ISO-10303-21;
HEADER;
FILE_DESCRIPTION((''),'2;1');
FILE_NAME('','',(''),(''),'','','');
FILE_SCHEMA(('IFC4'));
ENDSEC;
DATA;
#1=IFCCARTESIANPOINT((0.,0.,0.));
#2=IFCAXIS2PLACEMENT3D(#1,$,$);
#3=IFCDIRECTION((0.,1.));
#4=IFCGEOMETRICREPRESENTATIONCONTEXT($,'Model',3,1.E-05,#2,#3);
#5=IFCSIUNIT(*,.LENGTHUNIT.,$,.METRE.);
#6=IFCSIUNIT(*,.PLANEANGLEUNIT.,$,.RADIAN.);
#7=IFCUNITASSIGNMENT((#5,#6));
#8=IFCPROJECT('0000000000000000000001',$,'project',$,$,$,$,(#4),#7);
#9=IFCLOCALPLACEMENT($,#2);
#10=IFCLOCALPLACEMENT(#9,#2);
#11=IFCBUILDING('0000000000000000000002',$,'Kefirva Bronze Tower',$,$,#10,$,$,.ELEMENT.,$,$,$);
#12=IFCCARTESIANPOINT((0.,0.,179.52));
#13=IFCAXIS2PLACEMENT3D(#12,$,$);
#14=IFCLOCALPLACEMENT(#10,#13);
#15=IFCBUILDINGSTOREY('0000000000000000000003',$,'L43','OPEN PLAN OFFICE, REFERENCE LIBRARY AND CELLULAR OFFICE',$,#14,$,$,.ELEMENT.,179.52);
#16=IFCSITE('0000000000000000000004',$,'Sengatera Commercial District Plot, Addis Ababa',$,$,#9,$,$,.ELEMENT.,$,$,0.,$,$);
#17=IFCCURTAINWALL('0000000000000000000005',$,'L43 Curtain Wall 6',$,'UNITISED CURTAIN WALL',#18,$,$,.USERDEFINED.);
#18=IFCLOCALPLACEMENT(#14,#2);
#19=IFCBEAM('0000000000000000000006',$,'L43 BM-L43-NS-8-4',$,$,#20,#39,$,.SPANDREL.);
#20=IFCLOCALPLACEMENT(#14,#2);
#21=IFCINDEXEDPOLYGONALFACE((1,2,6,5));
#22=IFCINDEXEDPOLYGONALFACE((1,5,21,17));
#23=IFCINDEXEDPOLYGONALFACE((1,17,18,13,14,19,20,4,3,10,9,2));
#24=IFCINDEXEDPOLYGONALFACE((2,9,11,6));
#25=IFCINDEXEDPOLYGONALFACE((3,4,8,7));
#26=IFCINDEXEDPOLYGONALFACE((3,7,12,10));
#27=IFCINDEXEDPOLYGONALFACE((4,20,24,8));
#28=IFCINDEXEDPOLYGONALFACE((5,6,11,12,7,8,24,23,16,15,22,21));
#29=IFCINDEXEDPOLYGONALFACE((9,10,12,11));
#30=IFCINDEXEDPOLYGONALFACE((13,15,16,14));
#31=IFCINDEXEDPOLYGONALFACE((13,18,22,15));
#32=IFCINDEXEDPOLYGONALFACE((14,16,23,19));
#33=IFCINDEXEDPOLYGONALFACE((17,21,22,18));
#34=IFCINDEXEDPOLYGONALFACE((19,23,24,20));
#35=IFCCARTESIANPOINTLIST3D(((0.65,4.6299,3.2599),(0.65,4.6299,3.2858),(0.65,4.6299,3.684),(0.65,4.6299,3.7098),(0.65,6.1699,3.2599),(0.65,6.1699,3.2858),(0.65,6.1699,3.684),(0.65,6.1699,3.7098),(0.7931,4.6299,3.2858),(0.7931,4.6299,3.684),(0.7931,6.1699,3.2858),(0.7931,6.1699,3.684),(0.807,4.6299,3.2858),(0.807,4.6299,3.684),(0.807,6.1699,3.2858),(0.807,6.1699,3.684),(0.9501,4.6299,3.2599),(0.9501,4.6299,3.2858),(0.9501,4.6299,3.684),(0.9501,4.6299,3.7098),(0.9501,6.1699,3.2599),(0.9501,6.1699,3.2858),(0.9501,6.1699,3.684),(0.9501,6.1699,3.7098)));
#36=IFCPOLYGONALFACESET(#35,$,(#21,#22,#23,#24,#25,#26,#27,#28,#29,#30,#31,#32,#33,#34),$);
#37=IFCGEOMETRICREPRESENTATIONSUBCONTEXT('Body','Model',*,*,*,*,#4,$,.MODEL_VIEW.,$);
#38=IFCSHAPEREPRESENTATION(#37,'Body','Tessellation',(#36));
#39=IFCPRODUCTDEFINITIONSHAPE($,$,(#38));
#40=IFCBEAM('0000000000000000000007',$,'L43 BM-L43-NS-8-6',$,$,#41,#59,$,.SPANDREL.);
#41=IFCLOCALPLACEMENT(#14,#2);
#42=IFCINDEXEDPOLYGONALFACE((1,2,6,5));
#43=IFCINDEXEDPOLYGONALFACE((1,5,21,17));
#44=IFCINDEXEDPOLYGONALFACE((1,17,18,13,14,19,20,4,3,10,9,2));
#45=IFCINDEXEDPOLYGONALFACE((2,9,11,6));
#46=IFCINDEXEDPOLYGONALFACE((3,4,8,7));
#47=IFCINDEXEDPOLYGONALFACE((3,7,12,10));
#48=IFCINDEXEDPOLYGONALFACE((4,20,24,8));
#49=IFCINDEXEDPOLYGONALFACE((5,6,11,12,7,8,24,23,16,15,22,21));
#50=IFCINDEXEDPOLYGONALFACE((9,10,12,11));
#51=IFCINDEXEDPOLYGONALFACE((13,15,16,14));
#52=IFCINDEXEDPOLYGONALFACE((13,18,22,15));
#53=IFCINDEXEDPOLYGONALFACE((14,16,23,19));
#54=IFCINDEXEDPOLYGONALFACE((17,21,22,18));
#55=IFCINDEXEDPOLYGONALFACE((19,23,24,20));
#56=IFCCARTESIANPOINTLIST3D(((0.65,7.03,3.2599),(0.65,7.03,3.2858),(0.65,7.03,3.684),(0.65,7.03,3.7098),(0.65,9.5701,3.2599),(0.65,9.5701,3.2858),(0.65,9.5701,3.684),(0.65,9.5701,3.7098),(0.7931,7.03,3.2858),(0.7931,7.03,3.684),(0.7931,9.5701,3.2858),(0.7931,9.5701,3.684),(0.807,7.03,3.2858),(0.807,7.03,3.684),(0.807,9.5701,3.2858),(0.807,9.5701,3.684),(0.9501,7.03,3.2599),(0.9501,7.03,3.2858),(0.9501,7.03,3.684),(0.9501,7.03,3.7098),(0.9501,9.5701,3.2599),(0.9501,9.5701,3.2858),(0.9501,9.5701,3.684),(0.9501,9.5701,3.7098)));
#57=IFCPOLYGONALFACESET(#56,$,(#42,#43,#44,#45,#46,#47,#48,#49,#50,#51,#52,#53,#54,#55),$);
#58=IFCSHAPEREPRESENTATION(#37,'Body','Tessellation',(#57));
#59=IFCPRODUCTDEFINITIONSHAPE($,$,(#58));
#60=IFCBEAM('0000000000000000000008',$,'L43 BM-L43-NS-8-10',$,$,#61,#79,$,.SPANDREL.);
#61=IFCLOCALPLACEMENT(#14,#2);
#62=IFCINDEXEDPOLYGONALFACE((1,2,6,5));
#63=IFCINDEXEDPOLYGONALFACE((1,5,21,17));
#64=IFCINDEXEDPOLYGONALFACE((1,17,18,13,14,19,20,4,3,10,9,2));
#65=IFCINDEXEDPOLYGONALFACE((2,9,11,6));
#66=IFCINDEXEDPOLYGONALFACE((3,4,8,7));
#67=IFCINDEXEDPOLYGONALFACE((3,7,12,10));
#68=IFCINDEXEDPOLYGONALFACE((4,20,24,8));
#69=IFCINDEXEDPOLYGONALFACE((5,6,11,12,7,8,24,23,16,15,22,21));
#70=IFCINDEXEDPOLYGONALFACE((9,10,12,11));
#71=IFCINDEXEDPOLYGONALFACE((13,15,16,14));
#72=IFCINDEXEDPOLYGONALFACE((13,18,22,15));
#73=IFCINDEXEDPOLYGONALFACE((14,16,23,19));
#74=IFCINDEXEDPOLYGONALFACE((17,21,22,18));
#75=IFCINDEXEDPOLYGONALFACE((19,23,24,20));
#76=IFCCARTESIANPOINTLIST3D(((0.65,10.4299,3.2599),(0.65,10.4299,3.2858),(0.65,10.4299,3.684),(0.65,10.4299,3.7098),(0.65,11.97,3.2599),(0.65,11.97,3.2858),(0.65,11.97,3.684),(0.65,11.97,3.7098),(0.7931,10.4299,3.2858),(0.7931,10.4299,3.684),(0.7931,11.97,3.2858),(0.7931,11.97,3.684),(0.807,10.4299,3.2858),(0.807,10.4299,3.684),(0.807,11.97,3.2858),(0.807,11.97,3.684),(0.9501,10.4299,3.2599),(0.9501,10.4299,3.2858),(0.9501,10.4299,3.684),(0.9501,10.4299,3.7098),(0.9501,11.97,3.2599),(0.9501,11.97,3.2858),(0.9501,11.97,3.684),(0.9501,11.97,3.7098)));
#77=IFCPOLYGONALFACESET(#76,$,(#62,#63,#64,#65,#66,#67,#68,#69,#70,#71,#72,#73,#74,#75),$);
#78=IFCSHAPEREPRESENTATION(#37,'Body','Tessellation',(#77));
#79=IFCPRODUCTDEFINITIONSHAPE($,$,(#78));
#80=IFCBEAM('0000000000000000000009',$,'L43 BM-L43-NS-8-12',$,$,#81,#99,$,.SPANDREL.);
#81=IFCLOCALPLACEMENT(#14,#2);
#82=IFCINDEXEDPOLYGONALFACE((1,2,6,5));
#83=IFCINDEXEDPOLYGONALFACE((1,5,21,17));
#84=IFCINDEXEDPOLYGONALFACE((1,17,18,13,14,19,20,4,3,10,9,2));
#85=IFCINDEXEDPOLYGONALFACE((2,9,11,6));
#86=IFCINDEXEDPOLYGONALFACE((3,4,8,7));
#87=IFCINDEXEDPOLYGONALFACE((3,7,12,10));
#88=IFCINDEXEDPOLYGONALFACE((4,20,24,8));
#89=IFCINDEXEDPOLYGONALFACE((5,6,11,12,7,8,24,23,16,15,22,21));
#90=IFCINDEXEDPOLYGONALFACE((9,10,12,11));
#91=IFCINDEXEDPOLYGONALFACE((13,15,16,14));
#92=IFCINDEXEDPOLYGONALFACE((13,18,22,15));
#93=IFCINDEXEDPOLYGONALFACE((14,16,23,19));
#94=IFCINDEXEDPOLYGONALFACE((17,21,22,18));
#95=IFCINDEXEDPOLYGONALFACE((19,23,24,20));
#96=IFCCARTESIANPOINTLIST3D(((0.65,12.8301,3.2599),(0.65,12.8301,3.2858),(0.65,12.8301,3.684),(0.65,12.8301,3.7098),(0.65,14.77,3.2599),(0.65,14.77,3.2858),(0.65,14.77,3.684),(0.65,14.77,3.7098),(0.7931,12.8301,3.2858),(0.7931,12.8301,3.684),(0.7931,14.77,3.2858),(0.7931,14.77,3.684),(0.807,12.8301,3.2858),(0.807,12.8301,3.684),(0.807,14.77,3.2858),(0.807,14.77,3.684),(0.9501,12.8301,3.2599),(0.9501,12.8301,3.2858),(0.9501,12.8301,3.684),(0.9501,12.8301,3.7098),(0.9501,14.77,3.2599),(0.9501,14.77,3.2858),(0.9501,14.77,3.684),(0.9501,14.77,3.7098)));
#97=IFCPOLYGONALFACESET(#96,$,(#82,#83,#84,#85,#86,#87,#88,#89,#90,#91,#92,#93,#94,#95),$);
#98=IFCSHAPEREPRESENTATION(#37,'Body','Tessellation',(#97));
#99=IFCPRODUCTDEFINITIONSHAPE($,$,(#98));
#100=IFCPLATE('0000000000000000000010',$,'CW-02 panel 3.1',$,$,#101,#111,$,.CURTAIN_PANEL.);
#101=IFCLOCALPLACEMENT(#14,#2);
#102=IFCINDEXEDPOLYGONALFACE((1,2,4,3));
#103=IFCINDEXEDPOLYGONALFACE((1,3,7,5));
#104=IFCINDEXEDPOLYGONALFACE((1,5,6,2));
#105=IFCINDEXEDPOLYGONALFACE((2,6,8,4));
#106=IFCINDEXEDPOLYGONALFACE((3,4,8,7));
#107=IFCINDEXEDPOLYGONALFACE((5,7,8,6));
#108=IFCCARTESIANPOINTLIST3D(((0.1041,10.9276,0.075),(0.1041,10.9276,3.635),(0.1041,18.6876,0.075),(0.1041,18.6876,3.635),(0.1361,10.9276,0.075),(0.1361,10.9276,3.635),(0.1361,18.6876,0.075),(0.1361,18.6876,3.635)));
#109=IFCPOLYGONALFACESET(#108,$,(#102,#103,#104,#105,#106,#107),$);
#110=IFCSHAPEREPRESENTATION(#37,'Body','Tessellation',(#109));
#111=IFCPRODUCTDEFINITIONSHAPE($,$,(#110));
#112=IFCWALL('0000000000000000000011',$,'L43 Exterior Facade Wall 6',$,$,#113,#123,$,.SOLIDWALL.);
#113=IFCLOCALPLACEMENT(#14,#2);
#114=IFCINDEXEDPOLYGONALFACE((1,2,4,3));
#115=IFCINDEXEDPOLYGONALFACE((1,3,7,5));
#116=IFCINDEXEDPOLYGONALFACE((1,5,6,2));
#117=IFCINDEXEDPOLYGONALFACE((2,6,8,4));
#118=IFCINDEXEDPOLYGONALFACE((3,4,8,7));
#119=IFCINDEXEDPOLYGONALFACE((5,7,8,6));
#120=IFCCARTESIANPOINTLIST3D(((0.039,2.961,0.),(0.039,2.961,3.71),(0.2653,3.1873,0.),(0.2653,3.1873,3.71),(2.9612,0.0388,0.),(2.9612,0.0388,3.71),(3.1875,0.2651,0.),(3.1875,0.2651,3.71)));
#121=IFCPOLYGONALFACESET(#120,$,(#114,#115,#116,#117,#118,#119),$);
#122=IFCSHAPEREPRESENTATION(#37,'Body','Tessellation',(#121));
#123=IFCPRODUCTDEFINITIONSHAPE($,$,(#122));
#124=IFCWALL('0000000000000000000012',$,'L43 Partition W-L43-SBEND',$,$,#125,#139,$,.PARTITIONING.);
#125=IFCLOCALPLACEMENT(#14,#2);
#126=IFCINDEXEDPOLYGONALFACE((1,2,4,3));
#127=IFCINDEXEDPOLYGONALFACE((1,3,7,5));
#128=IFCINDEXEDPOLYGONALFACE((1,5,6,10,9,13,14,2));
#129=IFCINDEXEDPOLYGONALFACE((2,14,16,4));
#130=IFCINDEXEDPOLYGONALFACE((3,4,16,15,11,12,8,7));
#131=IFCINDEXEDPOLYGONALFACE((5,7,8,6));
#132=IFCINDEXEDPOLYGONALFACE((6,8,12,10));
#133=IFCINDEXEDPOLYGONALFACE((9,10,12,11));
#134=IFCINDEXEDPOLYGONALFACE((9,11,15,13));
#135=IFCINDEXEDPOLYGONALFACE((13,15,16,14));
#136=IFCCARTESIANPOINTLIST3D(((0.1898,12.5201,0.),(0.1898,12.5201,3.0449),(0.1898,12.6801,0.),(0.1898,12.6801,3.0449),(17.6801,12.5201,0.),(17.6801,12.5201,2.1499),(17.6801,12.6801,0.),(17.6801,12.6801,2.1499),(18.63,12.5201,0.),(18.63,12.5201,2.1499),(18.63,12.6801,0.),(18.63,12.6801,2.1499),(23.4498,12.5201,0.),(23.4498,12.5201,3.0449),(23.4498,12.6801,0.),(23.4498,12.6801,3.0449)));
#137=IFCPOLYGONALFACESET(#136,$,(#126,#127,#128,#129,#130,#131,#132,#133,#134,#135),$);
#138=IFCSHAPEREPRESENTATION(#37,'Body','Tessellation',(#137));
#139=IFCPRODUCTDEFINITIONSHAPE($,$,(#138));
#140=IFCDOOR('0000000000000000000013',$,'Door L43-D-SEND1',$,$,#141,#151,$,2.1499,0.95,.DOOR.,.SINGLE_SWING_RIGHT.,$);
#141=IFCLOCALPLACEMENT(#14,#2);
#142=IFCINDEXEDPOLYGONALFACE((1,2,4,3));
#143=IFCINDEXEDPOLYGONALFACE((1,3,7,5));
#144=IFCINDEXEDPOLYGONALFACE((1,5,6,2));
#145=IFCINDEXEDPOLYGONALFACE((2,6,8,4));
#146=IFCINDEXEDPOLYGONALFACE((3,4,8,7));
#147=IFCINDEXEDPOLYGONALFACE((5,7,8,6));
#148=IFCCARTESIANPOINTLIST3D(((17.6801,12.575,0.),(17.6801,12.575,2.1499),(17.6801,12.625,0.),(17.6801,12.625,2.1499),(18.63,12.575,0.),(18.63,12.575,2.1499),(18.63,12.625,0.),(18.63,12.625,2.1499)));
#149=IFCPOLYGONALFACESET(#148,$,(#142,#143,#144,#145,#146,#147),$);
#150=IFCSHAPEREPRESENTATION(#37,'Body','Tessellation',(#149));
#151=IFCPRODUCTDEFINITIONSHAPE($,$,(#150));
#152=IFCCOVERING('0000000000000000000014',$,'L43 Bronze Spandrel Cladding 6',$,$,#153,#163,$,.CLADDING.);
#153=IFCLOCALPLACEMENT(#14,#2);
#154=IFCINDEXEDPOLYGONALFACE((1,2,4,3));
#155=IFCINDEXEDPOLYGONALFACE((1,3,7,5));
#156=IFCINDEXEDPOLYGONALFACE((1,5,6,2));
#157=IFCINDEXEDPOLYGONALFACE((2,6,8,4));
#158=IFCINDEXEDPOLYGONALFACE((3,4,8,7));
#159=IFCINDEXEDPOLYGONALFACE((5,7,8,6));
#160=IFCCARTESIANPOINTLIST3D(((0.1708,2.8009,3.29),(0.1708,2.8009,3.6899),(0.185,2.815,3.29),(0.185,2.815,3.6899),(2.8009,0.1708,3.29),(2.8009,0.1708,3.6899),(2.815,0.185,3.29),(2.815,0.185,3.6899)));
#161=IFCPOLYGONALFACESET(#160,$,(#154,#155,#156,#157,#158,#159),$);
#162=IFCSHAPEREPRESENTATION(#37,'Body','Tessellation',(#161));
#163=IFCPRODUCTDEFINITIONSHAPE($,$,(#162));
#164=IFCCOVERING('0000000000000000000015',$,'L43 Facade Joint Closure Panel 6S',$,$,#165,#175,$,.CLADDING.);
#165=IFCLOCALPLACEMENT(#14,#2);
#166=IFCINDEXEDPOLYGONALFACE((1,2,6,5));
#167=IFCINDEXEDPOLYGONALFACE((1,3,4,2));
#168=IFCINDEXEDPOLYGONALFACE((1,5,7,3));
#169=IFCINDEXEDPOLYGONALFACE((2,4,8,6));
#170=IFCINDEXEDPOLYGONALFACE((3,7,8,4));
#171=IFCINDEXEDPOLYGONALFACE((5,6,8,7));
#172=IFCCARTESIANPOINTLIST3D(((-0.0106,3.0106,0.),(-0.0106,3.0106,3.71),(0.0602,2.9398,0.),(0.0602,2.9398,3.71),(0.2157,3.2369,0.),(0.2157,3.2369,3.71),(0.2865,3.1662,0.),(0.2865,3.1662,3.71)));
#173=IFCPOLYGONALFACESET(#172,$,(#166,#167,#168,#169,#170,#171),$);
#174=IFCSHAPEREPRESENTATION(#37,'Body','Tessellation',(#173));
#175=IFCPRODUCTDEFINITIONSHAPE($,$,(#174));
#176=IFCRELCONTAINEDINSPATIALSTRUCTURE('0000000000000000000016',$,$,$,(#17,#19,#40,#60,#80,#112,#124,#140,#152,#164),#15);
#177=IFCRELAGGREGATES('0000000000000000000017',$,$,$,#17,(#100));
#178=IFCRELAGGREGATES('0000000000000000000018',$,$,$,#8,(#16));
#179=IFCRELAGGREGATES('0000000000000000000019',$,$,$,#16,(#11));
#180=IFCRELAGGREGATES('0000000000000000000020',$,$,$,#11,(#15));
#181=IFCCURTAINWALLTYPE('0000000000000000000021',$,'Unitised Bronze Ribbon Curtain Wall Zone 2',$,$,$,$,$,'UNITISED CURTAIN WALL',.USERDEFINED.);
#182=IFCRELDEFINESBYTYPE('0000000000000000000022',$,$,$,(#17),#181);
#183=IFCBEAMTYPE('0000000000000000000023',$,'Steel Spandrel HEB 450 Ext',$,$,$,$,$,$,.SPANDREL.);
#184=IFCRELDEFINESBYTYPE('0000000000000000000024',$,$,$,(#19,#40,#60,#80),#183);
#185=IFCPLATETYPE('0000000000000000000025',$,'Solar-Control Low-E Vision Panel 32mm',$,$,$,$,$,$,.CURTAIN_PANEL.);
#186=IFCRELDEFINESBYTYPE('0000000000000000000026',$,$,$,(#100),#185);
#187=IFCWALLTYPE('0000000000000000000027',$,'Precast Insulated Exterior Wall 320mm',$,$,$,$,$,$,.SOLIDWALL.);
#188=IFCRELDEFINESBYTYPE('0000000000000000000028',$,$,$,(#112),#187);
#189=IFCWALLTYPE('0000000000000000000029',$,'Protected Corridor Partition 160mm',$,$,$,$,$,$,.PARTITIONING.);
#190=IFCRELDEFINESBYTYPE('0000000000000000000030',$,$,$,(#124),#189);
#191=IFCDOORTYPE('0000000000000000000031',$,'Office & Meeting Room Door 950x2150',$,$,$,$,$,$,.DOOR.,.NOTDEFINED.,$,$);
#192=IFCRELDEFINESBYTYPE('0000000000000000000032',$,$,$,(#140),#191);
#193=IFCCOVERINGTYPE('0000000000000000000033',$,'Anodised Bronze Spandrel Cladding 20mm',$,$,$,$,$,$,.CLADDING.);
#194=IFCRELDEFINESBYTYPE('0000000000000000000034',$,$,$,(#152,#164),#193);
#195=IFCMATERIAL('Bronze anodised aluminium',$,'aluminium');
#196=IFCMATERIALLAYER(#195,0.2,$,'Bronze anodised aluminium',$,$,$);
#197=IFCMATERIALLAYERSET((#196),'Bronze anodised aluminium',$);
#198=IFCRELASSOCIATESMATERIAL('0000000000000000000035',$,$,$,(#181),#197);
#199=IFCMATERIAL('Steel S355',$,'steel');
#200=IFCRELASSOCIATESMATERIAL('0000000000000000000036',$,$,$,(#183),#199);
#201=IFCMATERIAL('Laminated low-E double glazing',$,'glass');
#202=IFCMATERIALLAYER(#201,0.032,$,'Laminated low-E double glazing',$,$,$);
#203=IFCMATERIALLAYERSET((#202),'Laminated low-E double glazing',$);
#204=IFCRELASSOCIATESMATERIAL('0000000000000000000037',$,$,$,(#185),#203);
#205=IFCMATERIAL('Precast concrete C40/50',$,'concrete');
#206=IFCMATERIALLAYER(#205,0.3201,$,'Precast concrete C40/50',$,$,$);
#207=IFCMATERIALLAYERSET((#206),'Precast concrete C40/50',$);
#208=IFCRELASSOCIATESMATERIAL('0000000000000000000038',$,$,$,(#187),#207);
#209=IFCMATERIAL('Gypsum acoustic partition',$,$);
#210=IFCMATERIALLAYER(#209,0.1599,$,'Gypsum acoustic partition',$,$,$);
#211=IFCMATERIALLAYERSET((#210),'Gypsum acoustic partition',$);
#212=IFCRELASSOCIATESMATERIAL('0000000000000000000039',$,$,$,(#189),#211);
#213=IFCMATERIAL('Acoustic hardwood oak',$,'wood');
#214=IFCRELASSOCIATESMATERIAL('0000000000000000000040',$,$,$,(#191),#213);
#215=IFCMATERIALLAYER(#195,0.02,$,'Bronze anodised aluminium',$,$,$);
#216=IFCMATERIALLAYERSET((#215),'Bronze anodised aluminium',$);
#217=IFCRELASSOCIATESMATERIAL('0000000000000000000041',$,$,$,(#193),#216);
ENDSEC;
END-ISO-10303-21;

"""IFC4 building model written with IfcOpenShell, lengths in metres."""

from ifc_helpers import new_model, si_unit, direction, frame, frame_2d, origin, origin_2d, place, context, subcontext, project, spatial, rectangle, i_section, extrude, material, layer, layer_set, material_profile, profile_set, type_object, element, fill, aggregate, save


model = new_model("IFC4")

# Units and contexts
model_context = context("Model", 3, precision=1e-05, world=origin(), true_north=direction((0.0, 1.0)))
body_context = subcontext(model_context, "Body", "Model", "MODEL_VIEW")
ifc_project = project(units=[si_unit("LENGTHUNIT", "METRE"), si_unit("PLANEANGLEUNIT", "RADIAN")], contexts=[model_context])

# Site, building, storey
site_placement = place(None, origin())
site = spatial("IfcSite", under=ifc_project, at=site_placement, Name="Sengatera Commercial District Plot, Addis Ababa", CompositionType="ELEMENT", RefElevation=0.0)
building_placement = place(site_placement, origin())
building = spatial("IfcBuilding", under=site, at=building_placement, Name="Kefirva Bronze Tower", CompositionType="ELEMENT")
storey_placement = place(building_placement, frame((0.0, 0.0, 179.52)))
storey = spatial("IfcBuildingStorey", under=building, at=storey_placement, Name="L43", Description="OPEN PLAN OFFICE, REFERENCE LIBRARY AND CELLULAR OFFICE", CompositionType="ELEMENT", Elevation=179.52)

# Curtain wall
ifc_material_1 = material(Name="Bronze anodised aluminium", Category="aluminium")
ifc_layer_1 = layer(ifc_material_1, 0.2, Name="Bronze anodised aluminium")
ifc_layer_set_1 = layer_set([ifc_layer_1], Name="Bronze anodised aluminium")
curtain_wall_type = type_object("IfcCurtainWallType", Name="Unitised Bronze Ribbon Curtain Wall Zone 2", ElementType="UNITISED CURTAIN WALL", PredefinedType="USERDEFINED", material=ifc_layer_set_1)
curtain_wall_placement = place(storey_placement, origin())
curtain_wall = element("IfcCurtainWall", 1, at=curtain_wall_placement, inside=storey, type_object=curtain_wall_type, Name="L43 Curtain Wall 6", ObjectType="UNITISED CURTAIN WALL", PredefinedType="USERDEFINED")

# Beams
ifc_material_2 = material(Name="Steel S355", Category="steel")
ifc_material_profile_1 = material_profile(ifc_material_2, i_section(OverallWidth=0.3, OverallDepth=0.45, WebThickness=0.0139, FlangeThickness=0.0259, at=origin_2d()), Name="HEB 450")
ifc_profile_set_1 = profile_set([ifc_material_profile_1], Name="Steel S355")
beam_type_1 = type_object("IfcBeamType", Name="Steel Spandrel HEB 450 Ext", PredefinedType="SPANDREL", material=ifc_profile_set_1)
beam_1_placement = place(storey_placement, frame((0.8, 4.6299, 3.4849), z_axis=(0.0, 1.0, 0.0), x_axis=(-1.0, 0.0, 0.0)))
element("IfcBeam", 2, at=beam_1_placement, inside=storey, type_object=beam_type_1, Name="L43 BM-L43-NS-8-4", PredefinedType="SPANDREL", context=body_context, shape_type="SweptSolid", body=[
    extrude(i_section(OverallWidth=0.3, OverallDepth=0.45, WebThickness=0.0139, FlangeThickness=0.0259, at=origin_2d()), origin(), (0.0, 0.0, 1.0), 1.54),
])
beam_2_placement = place(storey_placement, frame((0.8, 7.03, 3.4849), z_axis=(0.0, 1.0, 0.0), x_axis=(-1.0, 0.0, 0.0)))
element("IfcBeam", 3, at=beam_2_placement, inside=storey, type_object=beam_type_1, Name="L43 BM-L43-NS-8-6", PredefinedType="SPANDREL", context=body_context, shape_type="SweptSolid", body=[
    extrude(i_section(OverallWidth=0.3, OverallDepth=0.45, WebThickness=0.0139, FlangeThickness=0.0259, at=origin_2d()), origin(), (0.0, 0.0, 1.0), 2.54),
])
beam_3_placement = place(storey_placement, frame((0.8, 10.4299, 3.4849), z_axis=(0.0, 1.0, 0.0), x_axis=(-1.0, 0.0, 0.0)))
element("IfcBeam", 4, at=beam_3_placement, inside=storey, type_object=beam_type_1, Name="L43 BM-L43-NS-8-10", PredefinedType="SPANDREL", context=body_context, shape_type="SweptSolid", body=[
    extrude(i_section(OverallWidth=0.3, OverallDepth=0.45, WebThickness=0.0139, FlangeThickness=0.0259, at=origin_2d()), origin(), (0.0, 0.0, 1.0), 1.54),
])
beam_4_placement = place(storey_placement, frame((0.8, 12.8301, 3.4849), z_axis=(0.0, 1.0, 0.0), x_axis=(-1.0, 0.0, 0.0)))
element("IfcBeam", 5, at=beam_4_placement, inside=storey, type_object=beam_type_1, Name="L43 BM-L43-NS-8-12", PredefinedType="SPANDREL", context=body_context, shape_type="SweptSolid", body=[
    extrude(i_section(OverallWidth=0.3, OverallDepth=0.45, WebThickness=0.0139, FlangeThickness=0.0259, at=origin_2d()), origin(), (0.0, 0.0, 1.0), 1.9399),
])

# Plate
ifc_material_3 = material(Name="Laminated low-E double glazing", Category="glass")
ifc_layer_2 = layer(ifc_material_3, 0.032, Name="Laminated low-E double glazing")
ifc_layer_set_2 = layer_set([ifc_layer_2], Name="Laminated low-E double glazing")
plate_type = type_object("IfcPlateType", Name="Solar-Control Low-E Vision Panel 32mm", PredefinedType="CURTAIN_PANEL", material=ifc_layer_set_2)
plate_placement = place(storey_placement, frame((0.1201, 14.8076, 0.075), z_axis=(0.0, 0.0, 1.0), x_axis=(0.0, -1.0, 0.0)))
plate = element("IfcPlate", 6, at=plate_placement, type_object=plate_type, Name="CW-02 panel 3.1", PredefinedType="CURTAIN_PANEL", context=body_context, shape_type="SweptSolid", body=[
    extrude(rectangle(XDim=7.76, YDim=0.032, at=origin_2d()), origin(), (0.0, 0.0, 1.0), 3.5601),
])
aggregate(curtain_wall, [plate])

# Wall
ifc_material_4 = material(Name="Precast concrete C40/50", Category="concrete")
ifc_layer_3 = layer(ifc_material_4, 0.3201, Name="Precast concrete C40/50")
ifc_layer_set_3 = layer_set([ifc_layer_3], Name="Precast concrete C40/50")
wall_type_1 = type_object("IfcWallType", Name="Precast Insulated Exterior Wall 320mm", PredefinedType="SOLIDWALL", material=ifc_layer_set_3)
wall_1_placement = place(storey_placement, frame((0.1521, 3.0742, 0.0), z_axis=(0.0, 0.0, 1.0), x_axis=(0.707107, -0.707107, 0.0)))
element("IfcWall", 7, at=wall_1_placement, inside=storey, type_object=wall_type_1, Name="L43 Exterior Facade Wall 6", PredefinedType="SOLIDWALL", context=body_context, shape_type="SweptSolid", body=[
    extrude(rectangle(XDim=4.1326, YDim=0.3201, at=frame_2d((2.0664, 0.0))), origin(), (0.0, 0.0, 1.0), 3.71),
])

# Wall, opening, door
ifc_material_5 = material(Name="Gypsum acoustic partition")
ifc_layer_4 = layer(ifc_material_5, 0.1599, Name="Gypsum acoustic partition")
ifc_layer_set_4 = layer_set([ifc_layer_4], Name="Gypsum acoustic partition")
wall_type_2 = type_object("IfcWallType", Name="Protected Corridor Partition 160mm", PredefinedType="PARTITIONING", material=ifc_layer_set_4)
wall_2_placement = place(storey_placement, frame((0.1899, 12.6001, 0.0), z_axis=(0.0, 0.0, 1.0), x_axis=(1.0, 0.0, 0.0)))
wall_2 = element("IfcWall", 8, at=wall_2_placement, inside=storey, type_object=wall_type_2, Name="L43 Partition W-L43-SBEND", PredefinedType="PARTITIONING", context=body_context, shape_type="SweptSolid", body=[
    extrude(rectangle(XDim=23.26, YDim=0.1599, at=frame_2d((11.6299, 0.0))), origin(), (0.0, 0.0, 1.0), 3.0449),
])
opening_placement = place(wall_2_placement, frame((17.49, 0.0, 0.0)))
opening = element("IfcOpeningElement", 9, at=opening_placement, cuts=wall_2, PredefinedType="OPENING", context=body_context, shape_type="SweptSolid", body=[
    extrude(rectangle(XDim=0.95, YDim=2.1499, at=frame_2d((0.4751, 1.075))), frame((0.0, 0.0898, 0.0), z_axis=(0.0, -1.0, 0.0), x_axis=(1.0, 0.0, 0.0)), (0.0, 0.0, 1.0), 0.1799),
])
ifc_material_6 = material(Name="Acoustic hardwood oak", Category="wood")
door_type = type_object("IfcDoorType", Name="Office & Meeting Room Door 950x2150", OperationType="NOTDEFINED", PredefinedType="DOOR", material=ifc_material_6)
door_placement = place(opening_placement, origin())
door = element("IfcDoor", 10, at=door_placement, inside=storey, type_object=door_type, Name="Door L43-D-SEND1", OperationType="SINGLE_SWING_RIGHT", OverallHeight=2.1499, OverallWidth=0.95, PredefinedType="DOOR", context=body_context, shape_type="SweptSolid", body=[
    extrude(rectangle(XDim=0.95, YDim=2.1499, at=frame_2d((0.4751, 1.075))), frame((0.0, 0.0249, 0.0), z_axis=(0.0, -1.0, 0.0), x_axis=(1.0, 0.0, 0.0)), (0.0, 0.0, 1.0), 0.05),
])
fill(opening, door)

# Coverings
ifc_layer_5 = layer(ifc_material_1, 0.02, Name="Bronze anodised aluminium")
ifc_layer_set_5 = layer_set([ifc_layer_5], Name="Bronze anodised aluminium")
covering_type_1 = type_object("IfcCoveringType", Name="Anodised Bronze Spandrel Cladding 20mm", PredefinedType="CLADDING", material=ifc_layer_set_5)
covering_1_placement = place(storey_placement, frame((1.4929, 1.4929, 3.29), z_axis=(0.0, 0.0, 1.0), x_axis=(0.707107, -0.707107, 0.0)))
element("IfcCovering", 11, at=covering_1_placement, inside=storey, type_object=covering_type_1, Name="L43 Bronze Spandrel Cladding 6", PredefinedType="CLADDING", context=body_context, shape_type="SweptSolid", body=[
    extrude(rectangle(XDim=3.7195, YDim=0.02, at=origin_2d()), origin(), (0.0, 0.0, 1.0), 0.3999),
])
covering_2_placement = place(storey_placement, frame((0.1379, 3.0884, 0.0), z_axis=(0.0, 0.0, 1.0), x_axis=(0.707107, -0.707107, 0.0)))
element("IfcCovering", 12, at=covering_2_placement, inside=storey, type_object=covering_type_1, Name="L43 Facade Joint Closure Panel 6S", PredefinedType="CLADDING", context=body_context, shape_type="SweptSolid", body=[
    extrude(rectangle(XDim=0.1001, YDim=0.3201, at=origin_2d()), origin(), (0.0, 0.0, 1.0), 3.71),
])

save(model, "model.ifc")
